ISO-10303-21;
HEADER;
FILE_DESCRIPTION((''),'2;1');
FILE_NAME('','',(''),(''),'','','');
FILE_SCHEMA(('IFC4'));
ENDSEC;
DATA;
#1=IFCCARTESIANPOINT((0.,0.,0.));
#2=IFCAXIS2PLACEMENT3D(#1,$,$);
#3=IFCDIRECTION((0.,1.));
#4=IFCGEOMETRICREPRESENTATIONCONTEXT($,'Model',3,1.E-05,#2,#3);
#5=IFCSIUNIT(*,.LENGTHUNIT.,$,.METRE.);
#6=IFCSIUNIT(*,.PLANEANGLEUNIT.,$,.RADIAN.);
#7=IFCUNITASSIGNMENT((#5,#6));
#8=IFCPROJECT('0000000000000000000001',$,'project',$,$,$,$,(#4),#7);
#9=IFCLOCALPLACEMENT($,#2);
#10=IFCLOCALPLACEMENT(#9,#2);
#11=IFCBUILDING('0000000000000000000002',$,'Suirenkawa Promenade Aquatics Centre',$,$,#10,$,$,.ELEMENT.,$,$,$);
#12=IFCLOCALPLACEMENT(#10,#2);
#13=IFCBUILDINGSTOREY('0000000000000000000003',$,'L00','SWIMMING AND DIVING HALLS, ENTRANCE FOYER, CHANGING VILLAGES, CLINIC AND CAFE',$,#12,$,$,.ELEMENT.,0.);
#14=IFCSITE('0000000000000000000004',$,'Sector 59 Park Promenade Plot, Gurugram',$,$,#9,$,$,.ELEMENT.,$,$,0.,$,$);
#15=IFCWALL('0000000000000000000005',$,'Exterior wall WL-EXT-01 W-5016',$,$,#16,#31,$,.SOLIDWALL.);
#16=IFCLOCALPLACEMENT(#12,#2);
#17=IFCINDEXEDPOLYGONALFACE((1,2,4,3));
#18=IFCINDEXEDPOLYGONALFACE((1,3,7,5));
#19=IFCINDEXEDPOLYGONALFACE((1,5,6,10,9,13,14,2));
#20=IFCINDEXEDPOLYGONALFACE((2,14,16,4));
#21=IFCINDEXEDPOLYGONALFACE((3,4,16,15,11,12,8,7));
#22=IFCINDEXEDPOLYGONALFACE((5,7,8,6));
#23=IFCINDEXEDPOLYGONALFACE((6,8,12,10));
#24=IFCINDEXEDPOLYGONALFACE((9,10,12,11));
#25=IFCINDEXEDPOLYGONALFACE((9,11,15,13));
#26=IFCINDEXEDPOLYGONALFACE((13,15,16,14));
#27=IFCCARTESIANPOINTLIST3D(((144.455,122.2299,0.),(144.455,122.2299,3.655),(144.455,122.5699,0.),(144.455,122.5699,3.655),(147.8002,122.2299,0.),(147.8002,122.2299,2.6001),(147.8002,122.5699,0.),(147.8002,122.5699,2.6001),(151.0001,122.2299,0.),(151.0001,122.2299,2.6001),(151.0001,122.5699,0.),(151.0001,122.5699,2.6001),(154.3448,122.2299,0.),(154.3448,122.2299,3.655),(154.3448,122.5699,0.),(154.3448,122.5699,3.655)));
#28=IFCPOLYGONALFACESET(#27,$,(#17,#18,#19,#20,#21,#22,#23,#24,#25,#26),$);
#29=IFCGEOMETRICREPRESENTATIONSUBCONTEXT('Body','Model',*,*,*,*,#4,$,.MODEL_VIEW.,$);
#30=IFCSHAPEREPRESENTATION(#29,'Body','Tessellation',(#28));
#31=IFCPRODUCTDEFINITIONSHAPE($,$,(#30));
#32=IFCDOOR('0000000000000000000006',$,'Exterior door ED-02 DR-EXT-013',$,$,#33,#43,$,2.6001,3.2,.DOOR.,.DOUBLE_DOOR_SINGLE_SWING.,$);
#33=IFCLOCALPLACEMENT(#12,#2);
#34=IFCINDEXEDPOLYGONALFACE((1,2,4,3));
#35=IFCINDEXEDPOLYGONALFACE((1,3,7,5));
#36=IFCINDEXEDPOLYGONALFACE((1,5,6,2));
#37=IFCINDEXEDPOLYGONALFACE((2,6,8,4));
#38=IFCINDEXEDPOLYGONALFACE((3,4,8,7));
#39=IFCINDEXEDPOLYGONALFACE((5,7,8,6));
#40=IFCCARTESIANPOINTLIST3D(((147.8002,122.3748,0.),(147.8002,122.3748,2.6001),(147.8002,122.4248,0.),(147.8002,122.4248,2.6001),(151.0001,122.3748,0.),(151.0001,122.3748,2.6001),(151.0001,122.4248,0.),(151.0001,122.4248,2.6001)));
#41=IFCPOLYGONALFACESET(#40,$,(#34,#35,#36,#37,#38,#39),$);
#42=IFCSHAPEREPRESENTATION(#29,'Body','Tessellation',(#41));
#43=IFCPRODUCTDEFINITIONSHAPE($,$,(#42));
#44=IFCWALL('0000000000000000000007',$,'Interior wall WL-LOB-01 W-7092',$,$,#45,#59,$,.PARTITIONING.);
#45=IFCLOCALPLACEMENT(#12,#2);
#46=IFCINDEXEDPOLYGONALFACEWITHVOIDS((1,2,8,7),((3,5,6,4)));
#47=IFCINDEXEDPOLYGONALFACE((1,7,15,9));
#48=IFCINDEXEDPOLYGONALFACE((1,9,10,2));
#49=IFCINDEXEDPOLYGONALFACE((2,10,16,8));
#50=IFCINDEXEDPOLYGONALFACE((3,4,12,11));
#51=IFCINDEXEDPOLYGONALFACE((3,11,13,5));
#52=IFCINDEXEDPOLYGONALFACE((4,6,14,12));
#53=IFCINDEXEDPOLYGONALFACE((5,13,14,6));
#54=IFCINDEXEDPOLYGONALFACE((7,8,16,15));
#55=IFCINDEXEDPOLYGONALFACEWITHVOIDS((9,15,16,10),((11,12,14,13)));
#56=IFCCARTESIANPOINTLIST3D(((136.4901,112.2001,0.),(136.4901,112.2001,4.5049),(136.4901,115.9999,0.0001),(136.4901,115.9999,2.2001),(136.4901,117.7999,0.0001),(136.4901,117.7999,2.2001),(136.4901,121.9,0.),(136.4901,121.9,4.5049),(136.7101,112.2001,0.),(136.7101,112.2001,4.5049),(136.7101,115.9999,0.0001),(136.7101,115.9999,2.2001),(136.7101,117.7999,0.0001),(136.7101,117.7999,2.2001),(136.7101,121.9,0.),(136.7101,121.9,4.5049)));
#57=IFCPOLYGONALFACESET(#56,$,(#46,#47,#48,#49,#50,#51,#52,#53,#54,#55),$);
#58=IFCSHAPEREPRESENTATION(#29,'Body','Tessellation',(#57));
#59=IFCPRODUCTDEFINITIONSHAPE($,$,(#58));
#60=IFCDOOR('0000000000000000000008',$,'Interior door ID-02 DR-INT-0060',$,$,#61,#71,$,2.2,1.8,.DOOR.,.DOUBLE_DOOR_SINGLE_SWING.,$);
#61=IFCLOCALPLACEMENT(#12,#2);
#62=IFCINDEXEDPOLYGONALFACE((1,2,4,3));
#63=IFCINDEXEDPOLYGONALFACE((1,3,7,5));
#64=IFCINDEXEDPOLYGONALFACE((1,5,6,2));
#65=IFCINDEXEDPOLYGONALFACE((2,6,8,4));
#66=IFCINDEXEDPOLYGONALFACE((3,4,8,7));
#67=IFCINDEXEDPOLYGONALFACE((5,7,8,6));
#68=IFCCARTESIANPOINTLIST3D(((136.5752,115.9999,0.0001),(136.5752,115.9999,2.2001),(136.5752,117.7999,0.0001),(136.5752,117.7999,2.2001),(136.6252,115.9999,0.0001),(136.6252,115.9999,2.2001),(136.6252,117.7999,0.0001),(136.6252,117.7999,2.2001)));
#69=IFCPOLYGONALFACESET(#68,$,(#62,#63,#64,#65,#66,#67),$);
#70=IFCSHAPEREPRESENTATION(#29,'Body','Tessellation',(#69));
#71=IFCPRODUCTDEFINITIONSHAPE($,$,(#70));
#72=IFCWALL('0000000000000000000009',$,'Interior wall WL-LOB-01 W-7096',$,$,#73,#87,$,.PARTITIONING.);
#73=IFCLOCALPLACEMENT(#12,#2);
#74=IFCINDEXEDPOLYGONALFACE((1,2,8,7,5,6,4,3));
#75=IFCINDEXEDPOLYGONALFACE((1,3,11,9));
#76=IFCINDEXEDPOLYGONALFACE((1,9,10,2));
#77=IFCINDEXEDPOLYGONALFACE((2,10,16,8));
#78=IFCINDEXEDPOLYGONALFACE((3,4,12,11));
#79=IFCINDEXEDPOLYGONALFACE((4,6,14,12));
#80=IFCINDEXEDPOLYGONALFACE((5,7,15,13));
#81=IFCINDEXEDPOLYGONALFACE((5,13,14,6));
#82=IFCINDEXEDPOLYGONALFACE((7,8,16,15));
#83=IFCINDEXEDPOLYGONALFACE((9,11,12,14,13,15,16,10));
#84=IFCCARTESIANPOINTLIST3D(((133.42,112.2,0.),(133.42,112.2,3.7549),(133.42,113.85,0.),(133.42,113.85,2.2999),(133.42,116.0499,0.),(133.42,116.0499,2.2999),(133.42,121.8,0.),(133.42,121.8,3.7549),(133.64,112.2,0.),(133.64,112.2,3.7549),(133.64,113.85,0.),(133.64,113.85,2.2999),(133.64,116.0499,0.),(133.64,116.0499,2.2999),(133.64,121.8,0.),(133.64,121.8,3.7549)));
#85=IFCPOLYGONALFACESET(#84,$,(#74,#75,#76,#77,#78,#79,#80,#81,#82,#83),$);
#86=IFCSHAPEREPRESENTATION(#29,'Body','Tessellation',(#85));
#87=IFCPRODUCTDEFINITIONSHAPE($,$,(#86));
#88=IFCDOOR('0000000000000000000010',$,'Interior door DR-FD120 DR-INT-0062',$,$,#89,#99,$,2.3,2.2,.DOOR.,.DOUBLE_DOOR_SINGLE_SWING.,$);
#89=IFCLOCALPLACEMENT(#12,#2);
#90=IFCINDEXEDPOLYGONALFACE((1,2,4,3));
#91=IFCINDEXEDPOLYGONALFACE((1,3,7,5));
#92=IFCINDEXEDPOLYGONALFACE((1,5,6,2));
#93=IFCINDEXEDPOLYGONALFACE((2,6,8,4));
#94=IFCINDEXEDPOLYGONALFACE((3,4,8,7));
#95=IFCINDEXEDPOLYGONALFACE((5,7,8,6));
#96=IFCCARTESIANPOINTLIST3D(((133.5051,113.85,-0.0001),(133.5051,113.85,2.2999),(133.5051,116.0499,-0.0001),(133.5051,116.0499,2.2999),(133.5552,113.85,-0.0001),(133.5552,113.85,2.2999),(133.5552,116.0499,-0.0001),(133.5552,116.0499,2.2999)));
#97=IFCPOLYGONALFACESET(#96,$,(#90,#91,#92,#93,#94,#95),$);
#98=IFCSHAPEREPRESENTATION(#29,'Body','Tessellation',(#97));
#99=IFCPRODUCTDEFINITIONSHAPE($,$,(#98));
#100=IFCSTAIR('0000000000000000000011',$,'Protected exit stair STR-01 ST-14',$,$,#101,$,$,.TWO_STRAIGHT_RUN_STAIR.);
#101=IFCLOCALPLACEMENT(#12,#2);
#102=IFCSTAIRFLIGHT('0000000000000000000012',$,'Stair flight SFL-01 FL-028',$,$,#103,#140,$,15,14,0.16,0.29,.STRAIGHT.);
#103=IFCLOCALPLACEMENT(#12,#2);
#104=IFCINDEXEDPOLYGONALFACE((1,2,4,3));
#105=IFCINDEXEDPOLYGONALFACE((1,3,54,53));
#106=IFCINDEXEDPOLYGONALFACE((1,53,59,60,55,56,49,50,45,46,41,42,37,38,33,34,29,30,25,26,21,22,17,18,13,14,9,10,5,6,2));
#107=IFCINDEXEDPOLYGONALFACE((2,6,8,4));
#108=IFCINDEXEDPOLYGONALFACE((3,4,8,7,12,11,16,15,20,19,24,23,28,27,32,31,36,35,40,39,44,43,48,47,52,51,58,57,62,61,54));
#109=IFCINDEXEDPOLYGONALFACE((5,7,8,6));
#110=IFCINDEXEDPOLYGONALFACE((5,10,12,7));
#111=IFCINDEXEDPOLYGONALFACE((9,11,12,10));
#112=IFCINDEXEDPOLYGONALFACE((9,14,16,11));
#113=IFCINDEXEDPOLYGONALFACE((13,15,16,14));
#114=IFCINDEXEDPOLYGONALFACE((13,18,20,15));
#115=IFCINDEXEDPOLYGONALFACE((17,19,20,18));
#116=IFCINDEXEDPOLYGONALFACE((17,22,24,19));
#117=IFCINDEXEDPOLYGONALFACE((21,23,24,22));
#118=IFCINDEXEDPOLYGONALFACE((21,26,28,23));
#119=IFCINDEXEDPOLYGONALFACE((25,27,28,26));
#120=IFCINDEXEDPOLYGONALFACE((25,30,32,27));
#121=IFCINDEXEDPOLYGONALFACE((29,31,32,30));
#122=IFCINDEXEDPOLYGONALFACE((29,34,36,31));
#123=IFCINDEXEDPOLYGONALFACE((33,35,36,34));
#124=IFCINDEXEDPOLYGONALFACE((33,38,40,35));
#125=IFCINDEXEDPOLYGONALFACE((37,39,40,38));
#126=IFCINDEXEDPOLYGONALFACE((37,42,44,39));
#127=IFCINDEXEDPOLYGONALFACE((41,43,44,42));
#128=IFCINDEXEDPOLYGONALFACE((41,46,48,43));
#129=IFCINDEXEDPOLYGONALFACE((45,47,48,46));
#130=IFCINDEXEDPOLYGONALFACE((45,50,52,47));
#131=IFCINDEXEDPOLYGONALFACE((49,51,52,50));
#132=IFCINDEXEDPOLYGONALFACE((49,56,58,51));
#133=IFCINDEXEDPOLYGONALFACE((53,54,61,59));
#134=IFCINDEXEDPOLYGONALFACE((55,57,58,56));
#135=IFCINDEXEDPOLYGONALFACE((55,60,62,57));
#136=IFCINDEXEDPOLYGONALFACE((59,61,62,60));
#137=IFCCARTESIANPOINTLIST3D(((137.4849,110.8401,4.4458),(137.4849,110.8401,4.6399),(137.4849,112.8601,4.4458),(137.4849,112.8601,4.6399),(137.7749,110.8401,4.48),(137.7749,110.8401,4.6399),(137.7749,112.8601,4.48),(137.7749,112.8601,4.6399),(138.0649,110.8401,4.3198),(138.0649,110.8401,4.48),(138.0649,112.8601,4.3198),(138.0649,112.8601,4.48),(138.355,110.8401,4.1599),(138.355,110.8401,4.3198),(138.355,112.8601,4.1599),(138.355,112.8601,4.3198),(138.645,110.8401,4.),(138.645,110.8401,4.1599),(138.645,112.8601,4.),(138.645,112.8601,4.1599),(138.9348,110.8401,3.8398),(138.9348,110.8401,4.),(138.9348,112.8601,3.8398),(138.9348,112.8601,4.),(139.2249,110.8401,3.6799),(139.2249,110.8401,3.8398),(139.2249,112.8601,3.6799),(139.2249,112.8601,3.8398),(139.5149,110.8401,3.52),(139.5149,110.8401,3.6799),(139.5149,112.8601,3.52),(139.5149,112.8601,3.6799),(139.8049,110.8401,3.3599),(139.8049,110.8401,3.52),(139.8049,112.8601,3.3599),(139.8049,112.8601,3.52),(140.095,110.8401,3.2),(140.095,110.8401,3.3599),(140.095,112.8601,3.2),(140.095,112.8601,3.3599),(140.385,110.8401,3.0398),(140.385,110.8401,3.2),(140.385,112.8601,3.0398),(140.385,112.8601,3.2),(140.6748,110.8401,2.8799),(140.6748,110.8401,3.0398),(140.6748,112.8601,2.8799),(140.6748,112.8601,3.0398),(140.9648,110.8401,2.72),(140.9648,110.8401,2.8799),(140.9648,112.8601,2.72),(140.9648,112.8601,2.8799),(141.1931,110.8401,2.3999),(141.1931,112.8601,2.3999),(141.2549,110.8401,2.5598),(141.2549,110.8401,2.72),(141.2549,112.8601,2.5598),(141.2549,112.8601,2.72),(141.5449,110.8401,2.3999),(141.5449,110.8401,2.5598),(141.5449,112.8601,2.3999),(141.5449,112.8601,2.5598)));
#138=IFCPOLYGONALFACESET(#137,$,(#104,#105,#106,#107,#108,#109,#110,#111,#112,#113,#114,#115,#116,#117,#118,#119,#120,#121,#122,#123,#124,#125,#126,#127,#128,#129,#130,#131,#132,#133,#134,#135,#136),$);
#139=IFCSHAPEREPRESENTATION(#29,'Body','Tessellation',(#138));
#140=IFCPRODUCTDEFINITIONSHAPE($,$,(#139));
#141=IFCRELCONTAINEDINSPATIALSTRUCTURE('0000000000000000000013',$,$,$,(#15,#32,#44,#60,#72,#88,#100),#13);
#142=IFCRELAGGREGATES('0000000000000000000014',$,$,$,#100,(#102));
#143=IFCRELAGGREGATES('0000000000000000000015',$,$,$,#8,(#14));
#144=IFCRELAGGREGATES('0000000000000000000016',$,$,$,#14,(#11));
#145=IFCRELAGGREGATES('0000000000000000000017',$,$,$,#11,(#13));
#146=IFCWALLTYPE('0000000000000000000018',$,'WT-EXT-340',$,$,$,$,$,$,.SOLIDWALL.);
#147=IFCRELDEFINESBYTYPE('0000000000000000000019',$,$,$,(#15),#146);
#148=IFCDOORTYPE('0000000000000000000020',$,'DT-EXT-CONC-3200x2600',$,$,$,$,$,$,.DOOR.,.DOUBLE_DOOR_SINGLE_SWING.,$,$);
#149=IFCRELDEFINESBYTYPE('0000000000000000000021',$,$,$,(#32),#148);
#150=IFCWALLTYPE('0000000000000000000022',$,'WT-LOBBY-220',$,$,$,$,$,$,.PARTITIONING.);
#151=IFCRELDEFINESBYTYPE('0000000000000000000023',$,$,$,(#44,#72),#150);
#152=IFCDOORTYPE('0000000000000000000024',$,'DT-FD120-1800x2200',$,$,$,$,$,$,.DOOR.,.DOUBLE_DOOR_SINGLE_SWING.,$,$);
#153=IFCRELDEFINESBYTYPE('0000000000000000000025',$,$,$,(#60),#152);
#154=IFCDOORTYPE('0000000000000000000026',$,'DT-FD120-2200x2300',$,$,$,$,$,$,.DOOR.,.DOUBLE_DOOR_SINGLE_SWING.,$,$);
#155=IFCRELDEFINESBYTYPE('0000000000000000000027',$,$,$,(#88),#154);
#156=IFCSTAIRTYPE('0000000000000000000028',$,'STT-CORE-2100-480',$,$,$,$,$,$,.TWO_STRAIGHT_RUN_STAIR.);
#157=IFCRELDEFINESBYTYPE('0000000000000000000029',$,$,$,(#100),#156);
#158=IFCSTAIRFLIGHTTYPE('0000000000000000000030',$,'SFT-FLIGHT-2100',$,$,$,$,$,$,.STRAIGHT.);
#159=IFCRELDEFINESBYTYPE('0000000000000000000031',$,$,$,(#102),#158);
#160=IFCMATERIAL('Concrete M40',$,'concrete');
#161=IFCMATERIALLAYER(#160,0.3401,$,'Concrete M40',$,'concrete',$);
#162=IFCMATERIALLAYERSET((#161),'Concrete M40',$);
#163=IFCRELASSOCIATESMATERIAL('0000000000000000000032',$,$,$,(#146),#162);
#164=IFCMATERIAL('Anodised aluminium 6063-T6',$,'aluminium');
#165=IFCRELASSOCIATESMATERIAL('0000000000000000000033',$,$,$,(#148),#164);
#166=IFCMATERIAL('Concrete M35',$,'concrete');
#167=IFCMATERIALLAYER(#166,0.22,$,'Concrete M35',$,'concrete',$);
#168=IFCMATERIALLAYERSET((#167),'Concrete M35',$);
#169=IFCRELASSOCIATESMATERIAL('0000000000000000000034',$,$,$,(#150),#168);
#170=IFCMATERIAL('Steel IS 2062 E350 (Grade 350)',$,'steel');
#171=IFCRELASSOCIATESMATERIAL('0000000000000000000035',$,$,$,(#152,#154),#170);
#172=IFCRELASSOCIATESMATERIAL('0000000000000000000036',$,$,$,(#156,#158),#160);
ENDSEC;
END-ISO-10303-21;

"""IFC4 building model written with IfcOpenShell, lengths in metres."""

from ifc_helpers import new_model, si_unit, direction, frame, frame_2d, origin, place, context, subcontext, project, spatial, polyline, rectangle, outline, extrude, material, layer, layer_set, type_object, element, fill, aggregate, save


model = new_model("IFC4")

# Units and contexts
model_context = context("Model", 3, precision=1e-05, world=origin(), true_north=direction((0.0, 1.0)))
body_context = subcontext(model_context, "Body", "Model", "MODEL_VIEW")
ifc_project = project(units=[si_unit("LENGTHUNIT", "METRE"), si_unit("PLANEANGLEUNIT", "RADIAN")], contexts=[model_context])

# Site, building, storey
site_placement = place(None, origin())
site = spatial("IfcSite", under=ifc_project, at=site_placement, Name="Sector 59 Park Promenade Plot, Gurugram", CompositionType="ELEMENT", RefElevation=0.0)
building_placement = place(site_placement, origin())
building = spatial("IfcBuilding", under=site, at=building_placement, Name="Suirenkawa Promenade Aquatics Centre", CompositionType="ELEMENT")
storey_placement = place(building_placement, origin())
storey = spatial("IfcBuildingStorey", under=building, at=storey_placement, Name="L00", Description="SWIMMING AND DIVING HALLS, ENTRANCE FOYER, CHANGING VILLAGES, CLINIC AND CAFE", CompositionType="ELEMENT", Elevation=0.0)

# Shared definitions
ifc_material_1 = material(Name="Concrete M40", Category="concrete")

# Shared definitions
ifc_material_2 = material(Name="Steel IS 2062 E350 (Grade 350)", Category="steel")

# Walls, openings, doors
ifc_material_3 = material(Name="Anodised aluminium 6063-T6", Category="aluminium")
ifc_layer_1 = layer(ifc_material_1, 0.3401, Name="Concrete M40", Category="concrete")
ifc_layer_set_1 = layer_set([ifc_layer_1], Name="Concrete M40")
wall_type_1 = type_object("IfcWallType", Name="WT-EXT-340", PredefinedType="SOLIDWALL", material=ifc_layer_set_1)
wall_1_placement = place(storey_placement, frame((144.4551, 122.3999, 0.0), z_axis=(0.0, 0.0, 1.0), x_axis=(1.0, 0.0, 0.0)))
wall_1 = element("IfcWall", 1, at=wall_1_placement, inside=storey, type_object=wall_type_1, Name="Exterior wall WL-EXT-01 W-5016", PredefinedType="SOLIDWALL", context=body_context, shape_type="SweptSolid", body=[
    extrude(rectangle(XDim=9.8899, YDim=0.3401, at=frame_2d((4.9448, 0.0))), origin(), (0.0, 0.0, 1.0), 3.655),
])
opening_1_placement = place(wall_1_placement, frame((3.345, 0.0, 0.0)))
opening_1 = element("IfcOpeningElement", 2, at=opening_1_placement, cuts=wall_1, PredefinedType="OPENING", context=body_context, shape_type="SweptSolid", body=[
    extrude(rectangle(XDim=3.2, YDim=2.6001, at=frame_2d((1.6001, 1.3))), frame((0.0, 0.1799, 0.0), z_axis=(0.0, -1.0, 0.0), x_axis=(1.0, 0.0, 0.0)), (0.0, 0.0, 1.0), 0.3601),
])
door_type_1 = type_object("IfcDoorType", Name="DT-EXT-CONC-3200x2600", OperationType="DOUBLE_DOOR_SINGLE_SWING", PredefinedType="DOOR", material=ifc_material_3)
door_1_placement = place(opening_1_placement, origin())
door_1 = element("IfcDoor", 3, at=door_1_placement, inside=storey, type_object=door_type_1, Name="Exterior door ED-02 DR-EXT-013", OperationType="DOUBLE_DOOR_SINGLE_SWING", OverallHeight=2.6001, OverallWidth=3.2, PredefinedType="DOOR", context=body_context, shape_type="SweptSolid", body=[
    extrude(rectangle(XDim=3.2, YDim=2.6001, at=frame_2d((1.6001, 1.3))), frame((0.0, 0.0249, 0.0), z_axis=(0.0, -1.0, 0.0), x_axis=(1.0, 0.0, 0.0)), (0.0, 0.0, 1.0), 0.05),
])
fill(opening_1, door_1)
ifc_material_4 = material(Name="Concrete M35", Category="concrete")
ifc_layer_2 = layer(ifc_material_4, 0.22, Name="Concrete M35", Category="concrete")
ifc_layer_set_2 = layer_set([ifc_layer_2], Name="Concrete M35")
wall_type_2 = type_object("IfcWallType", Name="WT-LOBBY-220", PredefinedType="PARTITIONING", material=ifc_layer_set_2)
wall_2_placement = place(storey_placement, frame((136.6001, 112.2, 0.0), z_axis=(0.0, 0.0, 1.0), x_axis=(0.0, 1.0, 0.0)))
wall_2 = element("IfcWall", 4, at=wall_2_placement, inside=storey, type_object=wall_type_2, Name="Interior wall WL-LOB-01 W-7092", PredefinedType="PARTITIONING", context=body_context, shape_type="SweptSolid", body=[
    extrude(rectangle(XDim=9.7, YDim=0.22, at=frame_2d((4.8501, 0.0))), origin(), (0.0, 0.0, 1.0), 4.5049),
])
opening_2_placement = place(wall_2_placement, frame((3.8, 0.0, 0.0)))
opening_2 = element("IfcOpeningElement", 5, at=opening_2_placement, cuts=wall_2, PredefinedType="OPENING", context=body_context, shape_type="SweptSolid", body=[
    extrude(rectangle(XDim=1.8, YDim=2.2, at=frame_2d((0.8999, 1.1001))), frame((0.0, 0.1199, 0.0), z_axis=(0.0, -1.0, 0.0), x_axis=(1.0, 0.0, 0.0)), (0.0, 0.0, 1.0), 0.24),
])
door_type_2 = type_object("IfcDoorType", Name="DT-FD120-1800x2200", OperationType="DOUBLE_DOOR_SINGLE_SWING", PredefinedType="DOOR", material=ifc_material_2)
door_2_placement = place(opening_2_placement, origin())
door_2 = element("IfcDoor", 6, at=door_2_placement, inside=storey, type_object=door_type_2, Name="Interior door ID-02 DR-INT-0060", OperationType="DOUBLE_DOOR_SINGLE_SWING", OverallHeight=2.2, OverallWidth=1.8, PredefinedType="DOOR", context=body_context, shape_type="SweptSolid", body=[
    extrude(rectangle(XDim=1.8, YDim=2.2, at=frame_2d((0.8999, 1.1001))), frame((0.0, 0.0249, 0.0), z_axis=(0.0, -1.0, 0.0), x_axis=(1.0, 0.0, 0.0)), (0.0, 0.0, 1.0), 0.05),
])
fill(opening_2, door_2)
wall_3_placement = place(storey_placement, frame((133.53, 112.2, 0.0), z_axis=(0.0, 0.0, 1.0), x_axis=(0.0, 1.0, 0.0)))
wall_3 = element("IfcWall", 7, at=wall_3_placement, inside=storey, type_object=wall_type_2, Name="Interior wall WL-LOB-01 W-7096", PredefinedType="PARTITIONING", context=body_context, shape_type="SweptSolid", body=[
    extrude(rectangle(XDim=9.6001, YDim=0.22, at=frame_2d((4.8, 0.0))), origin(), (0.0, 0.0, 1.0), 3.7549),
])
opening_3_placement = place(wall_3_placement, frame((1.6499, 0.0, 0.0)))
opening_3 = element("IfcOpeningElement", 8, at=opening_3_placement, cuts=wall_3, PredefinedType="OPENING", context=body_context, shape_type="SweptSolid", body=[
    extrude(rectangle(XDim=2.2, YDim=2.3, at=frame_2d((1.1001, 1.1499))), frame((0.0, 0.1199, 0.0), z_axis=(0.0, -1.0, 0.0), x_axis=(1.0, 0.0, 0.0)), (0.0, 0.0, 1.0), 0.24),
])
door_type_3 = type_object("IfcDoorType", Name="DT-FD120-2200x2300", OperationType="DOUBLE_DOOR_SINGLE_SWING", PredefinedType="DOOR", material=ifc_material_2)
door_3_placement = place(opening_3_placement, origin())
door_3 = element("IfcDoor", 9, at=door_3_placement, inside=storey, type_object=door_type_3, Name="Interior door DR-FD120 DR-INT-0062", OperationType="DOUBLE_DOOR_SINGLE_SWING", OverallHeight=2.3, OverallWidth=2.2, PredefinedType="DOOR", context=body_context, shape_type="SweptSolid", body=[
    extrude(rectangle(XDim=2.2, YDim=2.3, at=frame_2d((1.1001, 1.1499))), frame((0.0, 0.0249, 0.0), z_axis=(0.0, -1.0, 0.0), x_axis=(1.0, 0.0, 0.0)), (0.0, 0.0, 1.0), 0.05),
])
fill(opening_3, door_3)

# Stair, stair flight
stair_type = type_object("IfcStairType", Name="STT-CORE-2100-480", PredefinedType="TWO_STRAIGHT_RUN_STAIR", material=ifc_material_1)
stair_placement = place(storey_placement, origin())
stair = element("IfcStair", 10, at=stair_placement, inside=storey, type_object=stair_type, Name="Protected exit stair STR-01 ST-14", PredefinedType="TWO_STRAIGHT_RUN_STAIR")
stair_flight_type = type_object("IfcStairFlightType", Name="SFT-FLIGHT-2100", PredefinedType="STRAIGHT", material=ifc_material_1)
stair_flight_placement = place(storey_placement, frame((141.5449, 111.8501, 2.3999), z_axis=(0.0, 0.0, 1.0), x_axis=(-1.0, 0.0, 0.0)))
stair_flight = element("IfcStairFlight", 11, at=stair_flight_placement, type_object=stair_flight_type, Name="Stair flight SFL-01 FL-028", NumberOfRisers=15, NumberOfTreads=14, PredefinedType="STRAIGHT", RiserHeight=0.16, TreadLength=0.29, context=body_context, shape_type="SweptSolid", body=[
    extrude(outline(polyline([(0.0, 0.0), (0.0, 0.1599), (0.29, 0.1599), (0.29, 0.3201), (0.5801, 0.3201), (0.5801, 0.48), (0.8701, 0.48), (0.8701, 0.6399), (1.1599, 0.6399), (1.1599, 0.8), (1.45, 0.8), (1.45, 0.96), (1.74, 0.96), (1.74, 1.1201), (2.03, 1.1201), (2.03, 1.28), (2.3201, 1.28), (2.3201, 1.4399), (2.6101, 1.4399), (2.6101, 1.6001), (2.8999, 1.6001), (2.8999, 1.76), (3.1899, 1.76), (3.1899, 1.9199), (3.48, 1.9199), (3.48, 2.0801), (3.77, 2.0801), (3.77, 2.24), (4.0601, 2.24), (4.0601, 2.3999), (4.0601, 2.0459), (0.3518, 0.0), (0.0, 0.0)])), frame((0.0, 1.01, 0.0), z_axis=(0.0, -1.0, 0.0), x_axis=(1.0, 0.0, 0.0)), (0.0, 0.0, 1.0), 2.02),
])
aggregate(stair, [stair_flight])

save(model, "model.ifc")
